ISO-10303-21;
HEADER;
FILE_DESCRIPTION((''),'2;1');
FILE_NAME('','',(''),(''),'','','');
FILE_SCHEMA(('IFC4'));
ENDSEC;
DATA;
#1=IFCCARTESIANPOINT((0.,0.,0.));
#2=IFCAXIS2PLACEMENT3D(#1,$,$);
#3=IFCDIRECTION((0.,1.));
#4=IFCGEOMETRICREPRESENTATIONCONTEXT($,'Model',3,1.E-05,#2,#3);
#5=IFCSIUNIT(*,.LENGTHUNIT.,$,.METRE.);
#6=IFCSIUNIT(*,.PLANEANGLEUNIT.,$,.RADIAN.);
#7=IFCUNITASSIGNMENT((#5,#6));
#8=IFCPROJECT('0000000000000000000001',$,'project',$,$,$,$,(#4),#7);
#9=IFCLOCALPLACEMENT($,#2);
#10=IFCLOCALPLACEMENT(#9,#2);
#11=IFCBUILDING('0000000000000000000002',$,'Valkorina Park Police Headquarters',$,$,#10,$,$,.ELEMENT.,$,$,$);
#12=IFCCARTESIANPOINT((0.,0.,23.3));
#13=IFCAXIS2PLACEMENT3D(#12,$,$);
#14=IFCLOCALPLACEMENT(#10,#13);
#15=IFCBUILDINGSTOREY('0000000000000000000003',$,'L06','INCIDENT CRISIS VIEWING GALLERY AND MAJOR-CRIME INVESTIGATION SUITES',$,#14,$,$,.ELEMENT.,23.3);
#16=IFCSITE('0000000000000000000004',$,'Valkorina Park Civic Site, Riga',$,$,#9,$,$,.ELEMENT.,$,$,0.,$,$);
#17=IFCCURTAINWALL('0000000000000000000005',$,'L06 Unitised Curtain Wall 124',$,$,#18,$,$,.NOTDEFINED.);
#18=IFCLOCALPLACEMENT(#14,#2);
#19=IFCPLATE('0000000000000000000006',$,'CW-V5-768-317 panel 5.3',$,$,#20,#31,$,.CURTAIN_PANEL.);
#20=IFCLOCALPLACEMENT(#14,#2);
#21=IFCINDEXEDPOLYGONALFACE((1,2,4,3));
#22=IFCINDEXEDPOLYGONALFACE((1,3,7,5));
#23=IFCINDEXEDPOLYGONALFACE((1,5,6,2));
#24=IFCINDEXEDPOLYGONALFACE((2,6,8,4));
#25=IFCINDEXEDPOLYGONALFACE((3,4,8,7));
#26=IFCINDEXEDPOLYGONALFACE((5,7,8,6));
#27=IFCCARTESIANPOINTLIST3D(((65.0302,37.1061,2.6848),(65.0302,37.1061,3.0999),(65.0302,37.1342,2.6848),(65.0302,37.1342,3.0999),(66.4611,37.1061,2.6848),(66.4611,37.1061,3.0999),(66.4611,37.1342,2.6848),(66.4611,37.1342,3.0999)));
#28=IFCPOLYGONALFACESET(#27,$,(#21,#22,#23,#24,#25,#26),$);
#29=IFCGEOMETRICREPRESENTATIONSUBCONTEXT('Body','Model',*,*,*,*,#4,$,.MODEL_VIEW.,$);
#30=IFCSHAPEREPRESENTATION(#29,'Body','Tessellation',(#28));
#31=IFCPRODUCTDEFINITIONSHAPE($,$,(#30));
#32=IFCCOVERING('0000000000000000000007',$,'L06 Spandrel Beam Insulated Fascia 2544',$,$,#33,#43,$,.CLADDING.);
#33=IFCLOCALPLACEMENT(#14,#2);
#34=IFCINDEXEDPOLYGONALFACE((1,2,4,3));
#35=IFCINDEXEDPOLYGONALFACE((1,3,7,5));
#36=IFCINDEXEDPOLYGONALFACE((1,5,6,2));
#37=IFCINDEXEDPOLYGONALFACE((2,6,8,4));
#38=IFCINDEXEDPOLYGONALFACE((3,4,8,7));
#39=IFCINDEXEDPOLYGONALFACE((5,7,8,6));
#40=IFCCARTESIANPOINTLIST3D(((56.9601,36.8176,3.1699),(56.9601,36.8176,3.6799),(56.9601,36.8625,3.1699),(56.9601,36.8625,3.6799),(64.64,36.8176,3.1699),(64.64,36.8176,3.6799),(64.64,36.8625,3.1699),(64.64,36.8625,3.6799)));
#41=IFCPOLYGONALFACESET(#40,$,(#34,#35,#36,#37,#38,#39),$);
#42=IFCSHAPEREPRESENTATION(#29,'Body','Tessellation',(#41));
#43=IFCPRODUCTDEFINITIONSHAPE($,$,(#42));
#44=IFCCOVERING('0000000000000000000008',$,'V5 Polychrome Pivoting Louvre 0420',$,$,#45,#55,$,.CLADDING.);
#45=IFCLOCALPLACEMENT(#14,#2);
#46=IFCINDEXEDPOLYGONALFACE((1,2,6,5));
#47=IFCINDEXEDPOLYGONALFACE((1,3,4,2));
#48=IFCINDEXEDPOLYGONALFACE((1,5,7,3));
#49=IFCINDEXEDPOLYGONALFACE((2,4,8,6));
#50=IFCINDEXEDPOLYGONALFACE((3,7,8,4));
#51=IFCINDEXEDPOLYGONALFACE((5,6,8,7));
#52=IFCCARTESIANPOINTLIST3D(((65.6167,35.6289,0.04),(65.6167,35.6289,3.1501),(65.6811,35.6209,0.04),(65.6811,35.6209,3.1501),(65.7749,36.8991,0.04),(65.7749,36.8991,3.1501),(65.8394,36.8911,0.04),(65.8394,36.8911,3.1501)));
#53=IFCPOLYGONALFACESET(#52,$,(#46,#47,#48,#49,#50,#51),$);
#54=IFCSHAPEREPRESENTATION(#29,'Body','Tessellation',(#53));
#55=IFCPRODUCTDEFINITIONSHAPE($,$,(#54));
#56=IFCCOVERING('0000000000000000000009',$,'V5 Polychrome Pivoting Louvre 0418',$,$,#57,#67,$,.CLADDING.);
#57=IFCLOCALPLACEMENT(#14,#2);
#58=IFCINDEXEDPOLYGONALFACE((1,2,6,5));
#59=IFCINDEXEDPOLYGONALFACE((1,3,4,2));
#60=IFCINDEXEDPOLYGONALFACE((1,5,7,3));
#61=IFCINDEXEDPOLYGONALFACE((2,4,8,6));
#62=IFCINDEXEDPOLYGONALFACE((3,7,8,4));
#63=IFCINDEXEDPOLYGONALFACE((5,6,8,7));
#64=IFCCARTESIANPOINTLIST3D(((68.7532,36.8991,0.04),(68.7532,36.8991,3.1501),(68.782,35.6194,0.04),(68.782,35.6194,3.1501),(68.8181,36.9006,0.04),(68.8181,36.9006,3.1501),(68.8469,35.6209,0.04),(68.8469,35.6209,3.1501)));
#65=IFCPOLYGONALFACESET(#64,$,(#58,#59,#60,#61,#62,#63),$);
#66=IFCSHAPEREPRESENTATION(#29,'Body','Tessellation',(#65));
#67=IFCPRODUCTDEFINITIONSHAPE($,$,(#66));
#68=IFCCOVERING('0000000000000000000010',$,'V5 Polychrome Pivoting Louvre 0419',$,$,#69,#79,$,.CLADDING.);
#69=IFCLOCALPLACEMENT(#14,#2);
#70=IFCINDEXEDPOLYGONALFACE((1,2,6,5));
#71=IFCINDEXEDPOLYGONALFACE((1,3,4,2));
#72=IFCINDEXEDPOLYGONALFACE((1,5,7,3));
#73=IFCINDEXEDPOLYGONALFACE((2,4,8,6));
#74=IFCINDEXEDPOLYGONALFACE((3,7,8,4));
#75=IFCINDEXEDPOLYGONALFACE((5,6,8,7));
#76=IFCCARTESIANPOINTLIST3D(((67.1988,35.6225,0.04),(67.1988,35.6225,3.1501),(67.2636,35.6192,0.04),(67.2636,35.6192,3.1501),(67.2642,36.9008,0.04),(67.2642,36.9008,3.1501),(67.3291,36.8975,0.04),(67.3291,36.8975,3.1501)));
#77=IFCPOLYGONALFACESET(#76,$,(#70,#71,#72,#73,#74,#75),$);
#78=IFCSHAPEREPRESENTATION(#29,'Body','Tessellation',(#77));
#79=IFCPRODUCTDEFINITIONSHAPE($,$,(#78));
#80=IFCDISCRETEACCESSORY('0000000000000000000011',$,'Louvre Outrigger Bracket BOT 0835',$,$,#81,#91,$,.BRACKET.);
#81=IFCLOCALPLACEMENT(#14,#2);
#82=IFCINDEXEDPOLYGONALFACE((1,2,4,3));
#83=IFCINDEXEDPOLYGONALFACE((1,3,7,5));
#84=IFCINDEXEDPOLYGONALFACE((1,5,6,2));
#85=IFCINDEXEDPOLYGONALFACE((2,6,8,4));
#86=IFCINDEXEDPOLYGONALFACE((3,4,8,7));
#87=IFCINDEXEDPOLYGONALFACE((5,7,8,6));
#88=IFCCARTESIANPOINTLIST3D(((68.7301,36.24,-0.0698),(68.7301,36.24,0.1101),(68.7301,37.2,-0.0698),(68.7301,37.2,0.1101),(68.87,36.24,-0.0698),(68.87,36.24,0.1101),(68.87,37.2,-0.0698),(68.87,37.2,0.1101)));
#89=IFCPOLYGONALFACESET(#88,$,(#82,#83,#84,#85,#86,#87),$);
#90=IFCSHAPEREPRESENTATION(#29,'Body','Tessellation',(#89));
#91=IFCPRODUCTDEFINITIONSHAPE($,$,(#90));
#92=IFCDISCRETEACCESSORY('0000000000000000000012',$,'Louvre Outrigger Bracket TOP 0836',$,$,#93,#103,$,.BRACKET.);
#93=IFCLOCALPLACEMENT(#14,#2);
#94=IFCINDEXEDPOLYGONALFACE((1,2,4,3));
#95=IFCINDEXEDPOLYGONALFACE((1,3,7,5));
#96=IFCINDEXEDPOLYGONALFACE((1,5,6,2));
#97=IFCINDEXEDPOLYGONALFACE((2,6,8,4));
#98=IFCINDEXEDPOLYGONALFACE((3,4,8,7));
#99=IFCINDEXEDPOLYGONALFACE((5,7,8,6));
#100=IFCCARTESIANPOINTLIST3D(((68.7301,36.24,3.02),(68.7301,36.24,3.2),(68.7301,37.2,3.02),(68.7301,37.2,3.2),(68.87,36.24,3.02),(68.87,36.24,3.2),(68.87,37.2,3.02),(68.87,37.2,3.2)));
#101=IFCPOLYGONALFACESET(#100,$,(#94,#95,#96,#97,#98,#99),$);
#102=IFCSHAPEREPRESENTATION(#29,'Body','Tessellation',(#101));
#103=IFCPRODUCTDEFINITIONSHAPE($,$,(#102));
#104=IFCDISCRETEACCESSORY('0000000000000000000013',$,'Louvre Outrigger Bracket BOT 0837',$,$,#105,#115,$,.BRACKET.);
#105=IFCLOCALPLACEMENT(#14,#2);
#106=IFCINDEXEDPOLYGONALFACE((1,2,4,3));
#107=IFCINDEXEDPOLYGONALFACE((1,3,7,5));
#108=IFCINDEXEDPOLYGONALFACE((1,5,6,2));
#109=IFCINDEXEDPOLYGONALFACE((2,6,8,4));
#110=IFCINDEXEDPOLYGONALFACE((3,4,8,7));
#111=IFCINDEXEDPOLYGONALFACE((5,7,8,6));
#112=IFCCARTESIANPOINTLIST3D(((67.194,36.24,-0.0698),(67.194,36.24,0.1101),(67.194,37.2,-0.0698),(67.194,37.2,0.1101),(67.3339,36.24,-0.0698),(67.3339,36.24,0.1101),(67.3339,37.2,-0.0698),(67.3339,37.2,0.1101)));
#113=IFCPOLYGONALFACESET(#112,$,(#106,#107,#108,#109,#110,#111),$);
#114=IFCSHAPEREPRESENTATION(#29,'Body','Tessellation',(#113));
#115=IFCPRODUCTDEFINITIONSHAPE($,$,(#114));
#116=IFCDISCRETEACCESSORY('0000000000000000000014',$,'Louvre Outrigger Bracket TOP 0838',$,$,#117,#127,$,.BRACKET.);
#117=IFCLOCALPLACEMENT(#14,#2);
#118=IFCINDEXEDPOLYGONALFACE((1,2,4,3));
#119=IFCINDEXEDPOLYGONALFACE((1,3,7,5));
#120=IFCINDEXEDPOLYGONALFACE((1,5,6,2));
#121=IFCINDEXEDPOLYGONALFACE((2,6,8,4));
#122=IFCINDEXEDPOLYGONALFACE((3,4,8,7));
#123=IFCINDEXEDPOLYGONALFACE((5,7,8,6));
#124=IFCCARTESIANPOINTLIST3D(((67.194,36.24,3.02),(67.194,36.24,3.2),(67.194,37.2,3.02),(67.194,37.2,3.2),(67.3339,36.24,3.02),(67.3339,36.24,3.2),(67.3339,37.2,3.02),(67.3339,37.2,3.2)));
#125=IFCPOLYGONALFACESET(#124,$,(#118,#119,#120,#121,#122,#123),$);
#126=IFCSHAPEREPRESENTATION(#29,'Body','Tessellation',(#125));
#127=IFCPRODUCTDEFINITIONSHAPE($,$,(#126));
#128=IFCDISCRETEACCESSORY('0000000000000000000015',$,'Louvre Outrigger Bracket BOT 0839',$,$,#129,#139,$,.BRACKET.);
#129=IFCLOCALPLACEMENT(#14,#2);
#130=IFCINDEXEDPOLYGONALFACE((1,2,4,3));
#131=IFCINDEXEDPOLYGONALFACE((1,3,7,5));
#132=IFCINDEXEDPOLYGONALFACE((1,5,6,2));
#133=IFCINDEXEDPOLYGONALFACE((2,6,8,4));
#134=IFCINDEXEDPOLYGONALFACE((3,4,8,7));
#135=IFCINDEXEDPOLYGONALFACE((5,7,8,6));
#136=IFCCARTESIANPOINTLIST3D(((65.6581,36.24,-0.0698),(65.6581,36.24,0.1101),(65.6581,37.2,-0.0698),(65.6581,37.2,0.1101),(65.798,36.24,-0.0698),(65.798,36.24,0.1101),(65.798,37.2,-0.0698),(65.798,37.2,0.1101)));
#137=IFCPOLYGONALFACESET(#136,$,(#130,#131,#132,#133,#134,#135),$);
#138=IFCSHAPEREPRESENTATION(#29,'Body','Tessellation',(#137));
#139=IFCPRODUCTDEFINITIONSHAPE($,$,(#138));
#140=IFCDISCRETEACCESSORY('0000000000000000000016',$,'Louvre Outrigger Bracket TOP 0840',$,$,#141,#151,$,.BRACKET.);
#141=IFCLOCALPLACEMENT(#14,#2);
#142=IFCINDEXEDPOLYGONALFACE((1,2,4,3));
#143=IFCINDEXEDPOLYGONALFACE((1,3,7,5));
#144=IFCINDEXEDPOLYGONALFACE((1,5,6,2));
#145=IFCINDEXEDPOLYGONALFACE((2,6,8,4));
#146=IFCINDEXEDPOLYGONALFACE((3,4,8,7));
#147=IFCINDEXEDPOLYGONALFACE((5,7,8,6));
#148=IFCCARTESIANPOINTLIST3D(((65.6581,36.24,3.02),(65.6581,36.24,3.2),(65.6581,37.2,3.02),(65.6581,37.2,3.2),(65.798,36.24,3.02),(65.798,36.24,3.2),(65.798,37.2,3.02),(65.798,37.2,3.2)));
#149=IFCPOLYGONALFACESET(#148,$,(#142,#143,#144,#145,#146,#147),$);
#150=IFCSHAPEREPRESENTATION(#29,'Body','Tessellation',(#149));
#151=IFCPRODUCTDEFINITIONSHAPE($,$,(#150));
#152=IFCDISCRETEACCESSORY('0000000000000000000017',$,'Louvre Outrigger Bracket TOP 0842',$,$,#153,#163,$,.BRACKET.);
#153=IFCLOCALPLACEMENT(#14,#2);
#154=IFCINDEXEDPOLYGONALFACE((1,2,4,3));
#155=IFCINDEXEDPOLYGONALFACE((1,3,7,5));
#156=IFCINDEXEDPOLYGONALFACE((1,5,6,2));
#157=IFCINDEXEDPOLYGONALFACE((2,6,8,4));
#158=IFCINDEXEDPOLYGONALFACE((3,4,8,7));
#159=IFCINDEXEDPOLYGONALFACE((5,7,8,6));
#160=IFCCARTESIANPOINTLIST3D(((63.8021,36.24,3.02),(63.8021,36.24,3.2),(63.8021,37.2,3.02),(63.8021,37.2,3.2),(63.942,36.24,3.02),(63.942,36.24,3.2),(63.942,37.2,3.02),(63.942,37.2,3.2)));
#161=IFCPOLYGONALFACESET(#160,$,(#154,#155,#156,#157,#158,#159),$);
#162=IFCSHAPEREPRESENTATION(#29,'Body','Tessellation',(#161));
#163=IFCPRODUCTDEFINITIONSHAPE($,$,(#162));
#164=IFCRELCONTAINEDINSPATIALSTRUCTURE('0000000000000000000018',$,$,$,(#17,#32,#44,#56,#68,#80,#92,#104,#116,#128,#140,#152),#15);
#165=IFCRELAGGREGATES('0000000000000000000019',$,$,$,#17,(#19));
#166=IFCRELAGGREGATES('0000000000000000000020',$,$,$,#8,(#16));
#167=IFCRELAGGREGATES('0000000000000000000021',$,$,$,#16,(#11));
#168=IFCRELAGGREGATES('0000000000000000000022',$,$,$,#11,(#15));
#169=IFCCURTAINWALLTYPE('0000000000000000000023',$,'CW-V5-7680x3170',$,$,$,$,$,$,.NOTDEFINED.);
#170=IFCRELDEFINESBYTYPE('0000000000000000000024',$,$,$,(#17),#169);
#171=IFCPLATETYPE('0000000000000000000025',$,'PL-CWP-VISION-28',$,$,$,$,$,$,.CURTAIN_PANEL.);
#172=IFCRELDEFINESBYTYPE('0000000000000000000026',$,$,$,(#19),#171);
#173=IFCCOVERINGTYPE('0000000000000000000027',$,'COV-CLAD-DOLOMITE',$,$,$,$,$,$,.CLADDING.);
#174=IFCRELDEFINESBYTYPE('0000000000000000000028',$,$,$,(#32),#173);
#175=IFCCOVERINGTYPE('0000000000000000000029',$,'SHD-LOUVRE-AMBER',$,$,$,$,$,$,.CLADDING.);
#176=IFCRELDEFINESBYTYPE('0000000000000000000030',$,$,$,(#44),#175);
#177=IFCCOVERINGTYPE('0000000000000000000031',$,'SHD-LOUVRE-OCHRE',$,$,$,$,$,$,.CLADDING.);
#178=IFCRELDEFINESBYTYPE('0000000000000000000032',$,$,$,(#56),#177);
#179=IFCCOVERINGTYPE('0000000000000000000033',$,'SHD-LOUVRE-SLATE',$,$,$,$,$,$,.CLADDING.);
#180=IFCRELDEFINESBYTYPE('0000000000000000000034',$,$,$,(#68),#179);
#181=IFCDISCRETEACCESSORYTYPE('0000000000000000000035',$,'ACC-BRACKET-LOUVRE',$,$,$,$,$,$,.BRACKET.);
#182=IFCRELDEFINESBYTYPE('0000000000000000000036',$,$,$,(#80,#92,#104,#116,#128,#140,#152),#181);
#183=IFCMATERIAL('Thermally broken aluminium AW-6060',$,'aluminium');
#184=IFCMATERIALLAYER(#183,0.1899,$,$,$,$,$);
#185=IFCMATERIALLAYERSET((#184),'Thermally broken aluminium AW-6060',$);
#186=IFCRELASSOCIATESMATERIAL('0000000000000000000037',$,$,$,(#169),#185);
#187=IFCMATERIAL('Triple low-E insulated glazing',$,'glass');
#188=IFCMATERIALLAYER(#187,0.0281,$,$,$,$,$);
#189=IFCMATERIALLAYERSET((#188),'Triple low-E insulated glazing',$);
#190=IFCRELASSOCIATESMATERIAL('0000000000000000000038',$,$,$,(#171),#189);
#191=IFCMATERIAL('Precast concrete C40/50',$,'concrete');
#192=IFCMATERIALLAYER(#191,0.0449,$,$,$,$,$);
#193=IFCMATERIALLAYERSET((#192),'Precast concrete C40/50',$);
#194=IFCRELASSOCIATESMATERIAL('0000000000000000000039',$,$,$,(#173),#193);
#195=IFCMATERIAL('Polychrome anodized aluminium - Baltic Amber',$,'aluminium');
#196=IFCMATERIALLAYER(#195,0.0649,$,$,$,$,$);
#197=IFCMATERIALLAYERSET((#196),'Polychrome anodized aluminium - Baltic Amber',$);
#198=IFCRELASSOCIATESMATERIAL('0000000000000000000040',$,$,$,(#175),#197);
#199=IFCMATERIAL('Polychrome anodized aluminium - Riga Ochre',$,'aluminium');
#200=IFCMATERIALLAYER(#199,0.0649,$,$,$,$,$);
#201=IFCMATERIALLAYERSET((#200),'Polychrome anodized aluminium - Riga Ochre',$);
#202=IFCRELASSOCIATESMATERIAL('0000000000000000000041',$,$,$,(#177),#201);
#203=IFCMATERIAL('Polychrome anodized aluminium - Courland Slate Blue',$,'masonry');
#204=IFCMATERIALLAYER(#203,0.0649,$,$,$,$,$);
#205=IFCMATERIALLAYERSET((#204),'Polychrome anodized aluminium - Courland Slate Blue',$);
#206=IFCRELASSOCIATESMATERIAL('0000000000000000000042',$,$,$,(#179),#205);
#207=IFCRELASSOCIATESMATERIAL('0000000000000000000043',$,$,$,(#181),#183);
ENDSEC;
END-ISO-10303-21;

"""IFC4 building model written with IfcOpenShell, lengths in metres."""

from ifc_helpers import new_model, si_unit, direction, frame, frame_2d, origin, origin_2d, place, context, subcontext, project, spatial, rectangle, extrude, material, layer, layer_set, type_object, element, aggregate, save


model = new_model("IFC4")

# Units and contexts
model_context = context("Model", 3, precision=1e-05, world=origin(), true_north=direction((0.0, 1.0)))
body_context = subcontext(model_context, "Body", "Model", "MODEL_VIEW")
ifc_project = project(units=[si_unit("LENGTHUNIT", "METRE"), si_unit("PLANEANGLEUNIT", "RADIAN")], contexts=[model_context])

# Site, building, storey
site_placement = place(None, origin())
site = spatial("IfcSite", under=ifc_project, at=site_placement, Name="Valkorina Park Civic Site, Riga", CompositionType="ELEMENT", RefElevation=0.0)
building_placement = place(site_placement, origin())
building = spatial("IfcBuilding", under=site, at=building_placement, Name="Valkorina Park Police Headquarters", CompositionType="ELEMENT")
storey_placement = place(building_placement, frame((0.0, 0.0, 23.3)))
storey = spatial("IfcBuildingStorey", under=building, at=storey_placement, Name="L06", Description="INCIDENT CRISIS VIEWING GALLERY AND MAJOR-CRIME INVESTIGATION SUITES", CompositionType="ELEMENT", Elevation=23.3)

# Curtain wall
ifc_material_1 = material(Name="Thermally broken aluminium AW-6060", Category="aluminium")
ifc_layer_1 = layer(ifc_material_1, 0.1899)
ifc_layer_set_1 = layer_set([ifc_layer_1], Name="Thermally broken aluminium AW-6060")
curtain_wall_type = type_object("IfcCurtainWallType", Name="CW-V5-7680x3170", PredefinedType="NOTDEFINED", material=ifc_layer_set_1)
curtain_wall_1_placement = place(storey_placement, origin())
curtain_wall_1 = element("IfcCurtainWall", 1, at=curtain_wall_1_placement, inside=storey, type_object=curtain_wall_type, Name="L06 Unitised Curtain Wall 124", PredefinedType="NOTDEFINED")

# Plate
ifc_material_2 = material(Name="Triple low-E insulated glazing", Category="glass")
ifc_layer_2 = layer(ifc_material_2, 0.0281)
ifc_layer_set_2 = layer_set([ifc_layer_2], Name="Triple low-E insulated glazing")
plate_type_1 = type_object("IfcPlateType", Name="PL-CWP-VISION-28", PredefinedType="CURTAIN_PANEL", material=ifc_layer_set_2)
plate_1_placement = place(storey_placement, frame((65.7456, 37.1201, 2.6848), z_axis=(0.0, 0.0, 1.0), x_axis=(-1.0, 0.0, 0.0)))
plate_1 = element("IfcPlate", 2, at=plate_1_placement, type_object=plate_type_1, Name="CW-V5-768-317 panel 5.3", PredefinedType="CURTAIN_PANEL", context=body_context, shape_type="SweptSolid", body=[
    extrude(rectangle(XDim=1.4309, YDim=0.0281, at=origin_2d()), origin(), (0.0, 0.0, 1.0), 0.415),
])
aggregate(curtain_wall_1, [plate_1])

# Coverings
ifc_material_3 = material(Name="Precast concrete C40/50", Category="concrete")
ifc_layer_3 = layer(ifc_material_3, 0.0449)
ifc_layer_set_3 = layer_set([ifc_layer_3], Name="Precast concrete C40/50")
covering_type_1 = type_object("IfcCoveringType", Name="COV-CLAD-DOLOMITE", PredefinedType="CLADDING", material=ifc_layer_set_3)
covering_1_placement = place(storey_placement, frame((64.6399, 36.8401, 3.1699), z_axis=(0.0, 0.0, 1.0), x_axis=(-1.0, 0.0, 0.0)))
element("IfcCovering", 3, at=covering_1_placement, inside=storey, type_object=covering_type_1, Name="L06 Spandrel Beam Insulated Fascia 2544", PredefinedType="CLADDING", context=body_context, shape_type="SweptSolid", body=[
    extrude(rectangle(XDim=7.6799, YDim=0.0449, at=frame_2d((3.8398, 0.0))), origin(), (0.0, 0.0, 1.0), 0.51),
])
ifc_material_4 = material(Name="Polychrome anodized aluminium - Baltic Amber", Category="aluminium")
ifc_layer_4 = layer(ifc_material_4, 0.0649)
ifc_layer_set_4 = layer_set([ifc_layer_4], Name="Polychrome anodized aluminium - Baltic Amber")
covering_type_2 = type_object("IfcCoveringType", Name="SHD-LOUVRE-AMBER", PredefinedType="CLADDING", material=ifc_layer_set_4)
covering_2_placement = place(storey_placement, frame((65.728, 36.26, 0.04), z_axis=(0.0, 0.0, 1.0), x_axis=(-0.123601, -0.992332, 0.0)))
element("IfcCovering", 4, at=covering_2_placement, inside=storey, type_object=covering_type_2, Name="V5 Polychrome Pivoting Louvre 0420", PredefinedType="CLADDING", context=body_context, shape_type="SweptSolid", body=[
    extrude(rectangle(XDim=1.28, YDim=0.0649, at=origin_2d()), origin(), (0.0, 0.0, 1.0), 3.1101),
])
ifc_material_5 = material(Name="Polychrome anodized aluminium - Riga Ochre", Category="aluminium")
ifc_layer_5 = layer(ifc_material_5, 0.0649)
ifc_layer_set_5 = layer_set([ifc_layer_5], Name="Polychrome anodized aluminium - Riga Ochre")
covering_type_3 = type_object("IfcCoveringType", Name="SHD-LOUVRE-OCHRE", PredefinedType="CLADDING", material=ifc_layer_set_5)
covering_3_placement = place(storey_placement, frame((68.8, 36.26, 0.04), z_axis=(0.0, 0.0, 1.0), x_axis=(0.022513, -0.999747, 0.0)))
element("IfcCovering", 5, at=covering_3_placement, inside=storey, type_object=covering_type_3, Name="V5 Polychrome Pivoting Louvre 0418", PredefinedType="CLADDING", context=body_context, shape_type="SweptSolid", body=[
    extrude(rectangle(XDim=1.28, YDim=0.0649, at=origin_2d()), origin(), (0.0, 0.0, 1.0), 3.1101),
])
ifc_material_6 = material(Name="Polychrome anodized aluminium - Courland Slate Blue", Category="masonry")
ifc_layer_6 = layer(ifc_material_6, 0.0649)
ifc_layer_set_6 = layer_set([ifc_layer_6], Name="Polychrome anodized aluminium - Courland Slate Blue")
covering_type_4 = type_object("IfcCoveringType", Name="SHD-LOUVRE-SLATE", PredefinedType="CLADDING", material=ifc_layer_set_6)
covering_4_placement = place(storey_placement, frame((67.2639, 36.26, 0.04), z_axis=(0.0, 0.0, 1.0), x_axis=(-0.051116, -0.998693, 0.0)))
element("IfcCovering", 6, at=covering_4_placement, inside=storey, type_object=covering_type_4, Name="V5 Polychrome Pivoting Louvre 0419", PredefinedType="CLADDING", context=body_context, shape_type="SweptSolid", body=[
    extrude(rectangle(XDim=1.28, YDim=0.0649, at=origin_2d()), origin(), (0.0, 0.0, 1.0), 3.1101),
])

# Discrete accessories
discrete_accessory_type = type_object("IfcDiscreteAccessoryType", Name="ACC-BRACKET-LOUVRE", PredefinedType="BRACKET", material=ifc_material_1)
for number, where, z_axis, x_axis, name in (
    (7, (68.8, 36.72, -0.0698), (0.0, 0.0, 1.0), (0.0, -1.0, 0.0), "Louvre Outrigger Bracket BOT 0835"),
    (8, (68.8, 36.72, 3.02), (0.0, 0.0, 1.0), (0.0, -1.0, 0.0), "Louvre Outrigger Bracket TOP 0836"),
    (9, (67.2639, 36.72, -0.0698), (0.0, 0.0, 1.0), (0.0, -1.0, 0.0), "Louvre Outrigger Bracket BOT 0837"),
    (10, (67.2639, 36.72, 3.02), (0.0, 0.0, 1.0), (0.0, -1.0, 0.0), "Louvre Outrigger Bracket TOP 0838"),
    (11, (65.728, 36.72, -0.0698), (0.0, 0.0, 1.0), (0.0, -1.0, 0.0), "Louvre Outrigger Bracket BOT 0839"),
    (12, (65.728, 36.72, 3.02), (0.0, 0.0, 1.0), (0.0, -1.0, 0.0), "Louvre Outrigger Bracket TOP 0840"),
    (13, (63.8721, 36.72, 3.02), (0.0, 0.0, 1.0), (0.0, -1.0, 0.0), "Louvre Outrigger Bracket TOP 0842"),
):
    element("IfcDiscreteAccessory", number, at=place(storey_placement, frame(where, z_axis=z_axis, x_axis=x_axis)), inside=storey, type_object=discrete_accessory_type, Name=name, PredefinedType="BRACKET", context=body_context, shape_type="SweptSolid", body=[
        extrude(rectangle(XDim=0.96, YDim=0.1399, at=origin_2d()), origin(), (0.0, 0.0, 1.0), 0.1799),
    ])

save(model, "model.ifc")
